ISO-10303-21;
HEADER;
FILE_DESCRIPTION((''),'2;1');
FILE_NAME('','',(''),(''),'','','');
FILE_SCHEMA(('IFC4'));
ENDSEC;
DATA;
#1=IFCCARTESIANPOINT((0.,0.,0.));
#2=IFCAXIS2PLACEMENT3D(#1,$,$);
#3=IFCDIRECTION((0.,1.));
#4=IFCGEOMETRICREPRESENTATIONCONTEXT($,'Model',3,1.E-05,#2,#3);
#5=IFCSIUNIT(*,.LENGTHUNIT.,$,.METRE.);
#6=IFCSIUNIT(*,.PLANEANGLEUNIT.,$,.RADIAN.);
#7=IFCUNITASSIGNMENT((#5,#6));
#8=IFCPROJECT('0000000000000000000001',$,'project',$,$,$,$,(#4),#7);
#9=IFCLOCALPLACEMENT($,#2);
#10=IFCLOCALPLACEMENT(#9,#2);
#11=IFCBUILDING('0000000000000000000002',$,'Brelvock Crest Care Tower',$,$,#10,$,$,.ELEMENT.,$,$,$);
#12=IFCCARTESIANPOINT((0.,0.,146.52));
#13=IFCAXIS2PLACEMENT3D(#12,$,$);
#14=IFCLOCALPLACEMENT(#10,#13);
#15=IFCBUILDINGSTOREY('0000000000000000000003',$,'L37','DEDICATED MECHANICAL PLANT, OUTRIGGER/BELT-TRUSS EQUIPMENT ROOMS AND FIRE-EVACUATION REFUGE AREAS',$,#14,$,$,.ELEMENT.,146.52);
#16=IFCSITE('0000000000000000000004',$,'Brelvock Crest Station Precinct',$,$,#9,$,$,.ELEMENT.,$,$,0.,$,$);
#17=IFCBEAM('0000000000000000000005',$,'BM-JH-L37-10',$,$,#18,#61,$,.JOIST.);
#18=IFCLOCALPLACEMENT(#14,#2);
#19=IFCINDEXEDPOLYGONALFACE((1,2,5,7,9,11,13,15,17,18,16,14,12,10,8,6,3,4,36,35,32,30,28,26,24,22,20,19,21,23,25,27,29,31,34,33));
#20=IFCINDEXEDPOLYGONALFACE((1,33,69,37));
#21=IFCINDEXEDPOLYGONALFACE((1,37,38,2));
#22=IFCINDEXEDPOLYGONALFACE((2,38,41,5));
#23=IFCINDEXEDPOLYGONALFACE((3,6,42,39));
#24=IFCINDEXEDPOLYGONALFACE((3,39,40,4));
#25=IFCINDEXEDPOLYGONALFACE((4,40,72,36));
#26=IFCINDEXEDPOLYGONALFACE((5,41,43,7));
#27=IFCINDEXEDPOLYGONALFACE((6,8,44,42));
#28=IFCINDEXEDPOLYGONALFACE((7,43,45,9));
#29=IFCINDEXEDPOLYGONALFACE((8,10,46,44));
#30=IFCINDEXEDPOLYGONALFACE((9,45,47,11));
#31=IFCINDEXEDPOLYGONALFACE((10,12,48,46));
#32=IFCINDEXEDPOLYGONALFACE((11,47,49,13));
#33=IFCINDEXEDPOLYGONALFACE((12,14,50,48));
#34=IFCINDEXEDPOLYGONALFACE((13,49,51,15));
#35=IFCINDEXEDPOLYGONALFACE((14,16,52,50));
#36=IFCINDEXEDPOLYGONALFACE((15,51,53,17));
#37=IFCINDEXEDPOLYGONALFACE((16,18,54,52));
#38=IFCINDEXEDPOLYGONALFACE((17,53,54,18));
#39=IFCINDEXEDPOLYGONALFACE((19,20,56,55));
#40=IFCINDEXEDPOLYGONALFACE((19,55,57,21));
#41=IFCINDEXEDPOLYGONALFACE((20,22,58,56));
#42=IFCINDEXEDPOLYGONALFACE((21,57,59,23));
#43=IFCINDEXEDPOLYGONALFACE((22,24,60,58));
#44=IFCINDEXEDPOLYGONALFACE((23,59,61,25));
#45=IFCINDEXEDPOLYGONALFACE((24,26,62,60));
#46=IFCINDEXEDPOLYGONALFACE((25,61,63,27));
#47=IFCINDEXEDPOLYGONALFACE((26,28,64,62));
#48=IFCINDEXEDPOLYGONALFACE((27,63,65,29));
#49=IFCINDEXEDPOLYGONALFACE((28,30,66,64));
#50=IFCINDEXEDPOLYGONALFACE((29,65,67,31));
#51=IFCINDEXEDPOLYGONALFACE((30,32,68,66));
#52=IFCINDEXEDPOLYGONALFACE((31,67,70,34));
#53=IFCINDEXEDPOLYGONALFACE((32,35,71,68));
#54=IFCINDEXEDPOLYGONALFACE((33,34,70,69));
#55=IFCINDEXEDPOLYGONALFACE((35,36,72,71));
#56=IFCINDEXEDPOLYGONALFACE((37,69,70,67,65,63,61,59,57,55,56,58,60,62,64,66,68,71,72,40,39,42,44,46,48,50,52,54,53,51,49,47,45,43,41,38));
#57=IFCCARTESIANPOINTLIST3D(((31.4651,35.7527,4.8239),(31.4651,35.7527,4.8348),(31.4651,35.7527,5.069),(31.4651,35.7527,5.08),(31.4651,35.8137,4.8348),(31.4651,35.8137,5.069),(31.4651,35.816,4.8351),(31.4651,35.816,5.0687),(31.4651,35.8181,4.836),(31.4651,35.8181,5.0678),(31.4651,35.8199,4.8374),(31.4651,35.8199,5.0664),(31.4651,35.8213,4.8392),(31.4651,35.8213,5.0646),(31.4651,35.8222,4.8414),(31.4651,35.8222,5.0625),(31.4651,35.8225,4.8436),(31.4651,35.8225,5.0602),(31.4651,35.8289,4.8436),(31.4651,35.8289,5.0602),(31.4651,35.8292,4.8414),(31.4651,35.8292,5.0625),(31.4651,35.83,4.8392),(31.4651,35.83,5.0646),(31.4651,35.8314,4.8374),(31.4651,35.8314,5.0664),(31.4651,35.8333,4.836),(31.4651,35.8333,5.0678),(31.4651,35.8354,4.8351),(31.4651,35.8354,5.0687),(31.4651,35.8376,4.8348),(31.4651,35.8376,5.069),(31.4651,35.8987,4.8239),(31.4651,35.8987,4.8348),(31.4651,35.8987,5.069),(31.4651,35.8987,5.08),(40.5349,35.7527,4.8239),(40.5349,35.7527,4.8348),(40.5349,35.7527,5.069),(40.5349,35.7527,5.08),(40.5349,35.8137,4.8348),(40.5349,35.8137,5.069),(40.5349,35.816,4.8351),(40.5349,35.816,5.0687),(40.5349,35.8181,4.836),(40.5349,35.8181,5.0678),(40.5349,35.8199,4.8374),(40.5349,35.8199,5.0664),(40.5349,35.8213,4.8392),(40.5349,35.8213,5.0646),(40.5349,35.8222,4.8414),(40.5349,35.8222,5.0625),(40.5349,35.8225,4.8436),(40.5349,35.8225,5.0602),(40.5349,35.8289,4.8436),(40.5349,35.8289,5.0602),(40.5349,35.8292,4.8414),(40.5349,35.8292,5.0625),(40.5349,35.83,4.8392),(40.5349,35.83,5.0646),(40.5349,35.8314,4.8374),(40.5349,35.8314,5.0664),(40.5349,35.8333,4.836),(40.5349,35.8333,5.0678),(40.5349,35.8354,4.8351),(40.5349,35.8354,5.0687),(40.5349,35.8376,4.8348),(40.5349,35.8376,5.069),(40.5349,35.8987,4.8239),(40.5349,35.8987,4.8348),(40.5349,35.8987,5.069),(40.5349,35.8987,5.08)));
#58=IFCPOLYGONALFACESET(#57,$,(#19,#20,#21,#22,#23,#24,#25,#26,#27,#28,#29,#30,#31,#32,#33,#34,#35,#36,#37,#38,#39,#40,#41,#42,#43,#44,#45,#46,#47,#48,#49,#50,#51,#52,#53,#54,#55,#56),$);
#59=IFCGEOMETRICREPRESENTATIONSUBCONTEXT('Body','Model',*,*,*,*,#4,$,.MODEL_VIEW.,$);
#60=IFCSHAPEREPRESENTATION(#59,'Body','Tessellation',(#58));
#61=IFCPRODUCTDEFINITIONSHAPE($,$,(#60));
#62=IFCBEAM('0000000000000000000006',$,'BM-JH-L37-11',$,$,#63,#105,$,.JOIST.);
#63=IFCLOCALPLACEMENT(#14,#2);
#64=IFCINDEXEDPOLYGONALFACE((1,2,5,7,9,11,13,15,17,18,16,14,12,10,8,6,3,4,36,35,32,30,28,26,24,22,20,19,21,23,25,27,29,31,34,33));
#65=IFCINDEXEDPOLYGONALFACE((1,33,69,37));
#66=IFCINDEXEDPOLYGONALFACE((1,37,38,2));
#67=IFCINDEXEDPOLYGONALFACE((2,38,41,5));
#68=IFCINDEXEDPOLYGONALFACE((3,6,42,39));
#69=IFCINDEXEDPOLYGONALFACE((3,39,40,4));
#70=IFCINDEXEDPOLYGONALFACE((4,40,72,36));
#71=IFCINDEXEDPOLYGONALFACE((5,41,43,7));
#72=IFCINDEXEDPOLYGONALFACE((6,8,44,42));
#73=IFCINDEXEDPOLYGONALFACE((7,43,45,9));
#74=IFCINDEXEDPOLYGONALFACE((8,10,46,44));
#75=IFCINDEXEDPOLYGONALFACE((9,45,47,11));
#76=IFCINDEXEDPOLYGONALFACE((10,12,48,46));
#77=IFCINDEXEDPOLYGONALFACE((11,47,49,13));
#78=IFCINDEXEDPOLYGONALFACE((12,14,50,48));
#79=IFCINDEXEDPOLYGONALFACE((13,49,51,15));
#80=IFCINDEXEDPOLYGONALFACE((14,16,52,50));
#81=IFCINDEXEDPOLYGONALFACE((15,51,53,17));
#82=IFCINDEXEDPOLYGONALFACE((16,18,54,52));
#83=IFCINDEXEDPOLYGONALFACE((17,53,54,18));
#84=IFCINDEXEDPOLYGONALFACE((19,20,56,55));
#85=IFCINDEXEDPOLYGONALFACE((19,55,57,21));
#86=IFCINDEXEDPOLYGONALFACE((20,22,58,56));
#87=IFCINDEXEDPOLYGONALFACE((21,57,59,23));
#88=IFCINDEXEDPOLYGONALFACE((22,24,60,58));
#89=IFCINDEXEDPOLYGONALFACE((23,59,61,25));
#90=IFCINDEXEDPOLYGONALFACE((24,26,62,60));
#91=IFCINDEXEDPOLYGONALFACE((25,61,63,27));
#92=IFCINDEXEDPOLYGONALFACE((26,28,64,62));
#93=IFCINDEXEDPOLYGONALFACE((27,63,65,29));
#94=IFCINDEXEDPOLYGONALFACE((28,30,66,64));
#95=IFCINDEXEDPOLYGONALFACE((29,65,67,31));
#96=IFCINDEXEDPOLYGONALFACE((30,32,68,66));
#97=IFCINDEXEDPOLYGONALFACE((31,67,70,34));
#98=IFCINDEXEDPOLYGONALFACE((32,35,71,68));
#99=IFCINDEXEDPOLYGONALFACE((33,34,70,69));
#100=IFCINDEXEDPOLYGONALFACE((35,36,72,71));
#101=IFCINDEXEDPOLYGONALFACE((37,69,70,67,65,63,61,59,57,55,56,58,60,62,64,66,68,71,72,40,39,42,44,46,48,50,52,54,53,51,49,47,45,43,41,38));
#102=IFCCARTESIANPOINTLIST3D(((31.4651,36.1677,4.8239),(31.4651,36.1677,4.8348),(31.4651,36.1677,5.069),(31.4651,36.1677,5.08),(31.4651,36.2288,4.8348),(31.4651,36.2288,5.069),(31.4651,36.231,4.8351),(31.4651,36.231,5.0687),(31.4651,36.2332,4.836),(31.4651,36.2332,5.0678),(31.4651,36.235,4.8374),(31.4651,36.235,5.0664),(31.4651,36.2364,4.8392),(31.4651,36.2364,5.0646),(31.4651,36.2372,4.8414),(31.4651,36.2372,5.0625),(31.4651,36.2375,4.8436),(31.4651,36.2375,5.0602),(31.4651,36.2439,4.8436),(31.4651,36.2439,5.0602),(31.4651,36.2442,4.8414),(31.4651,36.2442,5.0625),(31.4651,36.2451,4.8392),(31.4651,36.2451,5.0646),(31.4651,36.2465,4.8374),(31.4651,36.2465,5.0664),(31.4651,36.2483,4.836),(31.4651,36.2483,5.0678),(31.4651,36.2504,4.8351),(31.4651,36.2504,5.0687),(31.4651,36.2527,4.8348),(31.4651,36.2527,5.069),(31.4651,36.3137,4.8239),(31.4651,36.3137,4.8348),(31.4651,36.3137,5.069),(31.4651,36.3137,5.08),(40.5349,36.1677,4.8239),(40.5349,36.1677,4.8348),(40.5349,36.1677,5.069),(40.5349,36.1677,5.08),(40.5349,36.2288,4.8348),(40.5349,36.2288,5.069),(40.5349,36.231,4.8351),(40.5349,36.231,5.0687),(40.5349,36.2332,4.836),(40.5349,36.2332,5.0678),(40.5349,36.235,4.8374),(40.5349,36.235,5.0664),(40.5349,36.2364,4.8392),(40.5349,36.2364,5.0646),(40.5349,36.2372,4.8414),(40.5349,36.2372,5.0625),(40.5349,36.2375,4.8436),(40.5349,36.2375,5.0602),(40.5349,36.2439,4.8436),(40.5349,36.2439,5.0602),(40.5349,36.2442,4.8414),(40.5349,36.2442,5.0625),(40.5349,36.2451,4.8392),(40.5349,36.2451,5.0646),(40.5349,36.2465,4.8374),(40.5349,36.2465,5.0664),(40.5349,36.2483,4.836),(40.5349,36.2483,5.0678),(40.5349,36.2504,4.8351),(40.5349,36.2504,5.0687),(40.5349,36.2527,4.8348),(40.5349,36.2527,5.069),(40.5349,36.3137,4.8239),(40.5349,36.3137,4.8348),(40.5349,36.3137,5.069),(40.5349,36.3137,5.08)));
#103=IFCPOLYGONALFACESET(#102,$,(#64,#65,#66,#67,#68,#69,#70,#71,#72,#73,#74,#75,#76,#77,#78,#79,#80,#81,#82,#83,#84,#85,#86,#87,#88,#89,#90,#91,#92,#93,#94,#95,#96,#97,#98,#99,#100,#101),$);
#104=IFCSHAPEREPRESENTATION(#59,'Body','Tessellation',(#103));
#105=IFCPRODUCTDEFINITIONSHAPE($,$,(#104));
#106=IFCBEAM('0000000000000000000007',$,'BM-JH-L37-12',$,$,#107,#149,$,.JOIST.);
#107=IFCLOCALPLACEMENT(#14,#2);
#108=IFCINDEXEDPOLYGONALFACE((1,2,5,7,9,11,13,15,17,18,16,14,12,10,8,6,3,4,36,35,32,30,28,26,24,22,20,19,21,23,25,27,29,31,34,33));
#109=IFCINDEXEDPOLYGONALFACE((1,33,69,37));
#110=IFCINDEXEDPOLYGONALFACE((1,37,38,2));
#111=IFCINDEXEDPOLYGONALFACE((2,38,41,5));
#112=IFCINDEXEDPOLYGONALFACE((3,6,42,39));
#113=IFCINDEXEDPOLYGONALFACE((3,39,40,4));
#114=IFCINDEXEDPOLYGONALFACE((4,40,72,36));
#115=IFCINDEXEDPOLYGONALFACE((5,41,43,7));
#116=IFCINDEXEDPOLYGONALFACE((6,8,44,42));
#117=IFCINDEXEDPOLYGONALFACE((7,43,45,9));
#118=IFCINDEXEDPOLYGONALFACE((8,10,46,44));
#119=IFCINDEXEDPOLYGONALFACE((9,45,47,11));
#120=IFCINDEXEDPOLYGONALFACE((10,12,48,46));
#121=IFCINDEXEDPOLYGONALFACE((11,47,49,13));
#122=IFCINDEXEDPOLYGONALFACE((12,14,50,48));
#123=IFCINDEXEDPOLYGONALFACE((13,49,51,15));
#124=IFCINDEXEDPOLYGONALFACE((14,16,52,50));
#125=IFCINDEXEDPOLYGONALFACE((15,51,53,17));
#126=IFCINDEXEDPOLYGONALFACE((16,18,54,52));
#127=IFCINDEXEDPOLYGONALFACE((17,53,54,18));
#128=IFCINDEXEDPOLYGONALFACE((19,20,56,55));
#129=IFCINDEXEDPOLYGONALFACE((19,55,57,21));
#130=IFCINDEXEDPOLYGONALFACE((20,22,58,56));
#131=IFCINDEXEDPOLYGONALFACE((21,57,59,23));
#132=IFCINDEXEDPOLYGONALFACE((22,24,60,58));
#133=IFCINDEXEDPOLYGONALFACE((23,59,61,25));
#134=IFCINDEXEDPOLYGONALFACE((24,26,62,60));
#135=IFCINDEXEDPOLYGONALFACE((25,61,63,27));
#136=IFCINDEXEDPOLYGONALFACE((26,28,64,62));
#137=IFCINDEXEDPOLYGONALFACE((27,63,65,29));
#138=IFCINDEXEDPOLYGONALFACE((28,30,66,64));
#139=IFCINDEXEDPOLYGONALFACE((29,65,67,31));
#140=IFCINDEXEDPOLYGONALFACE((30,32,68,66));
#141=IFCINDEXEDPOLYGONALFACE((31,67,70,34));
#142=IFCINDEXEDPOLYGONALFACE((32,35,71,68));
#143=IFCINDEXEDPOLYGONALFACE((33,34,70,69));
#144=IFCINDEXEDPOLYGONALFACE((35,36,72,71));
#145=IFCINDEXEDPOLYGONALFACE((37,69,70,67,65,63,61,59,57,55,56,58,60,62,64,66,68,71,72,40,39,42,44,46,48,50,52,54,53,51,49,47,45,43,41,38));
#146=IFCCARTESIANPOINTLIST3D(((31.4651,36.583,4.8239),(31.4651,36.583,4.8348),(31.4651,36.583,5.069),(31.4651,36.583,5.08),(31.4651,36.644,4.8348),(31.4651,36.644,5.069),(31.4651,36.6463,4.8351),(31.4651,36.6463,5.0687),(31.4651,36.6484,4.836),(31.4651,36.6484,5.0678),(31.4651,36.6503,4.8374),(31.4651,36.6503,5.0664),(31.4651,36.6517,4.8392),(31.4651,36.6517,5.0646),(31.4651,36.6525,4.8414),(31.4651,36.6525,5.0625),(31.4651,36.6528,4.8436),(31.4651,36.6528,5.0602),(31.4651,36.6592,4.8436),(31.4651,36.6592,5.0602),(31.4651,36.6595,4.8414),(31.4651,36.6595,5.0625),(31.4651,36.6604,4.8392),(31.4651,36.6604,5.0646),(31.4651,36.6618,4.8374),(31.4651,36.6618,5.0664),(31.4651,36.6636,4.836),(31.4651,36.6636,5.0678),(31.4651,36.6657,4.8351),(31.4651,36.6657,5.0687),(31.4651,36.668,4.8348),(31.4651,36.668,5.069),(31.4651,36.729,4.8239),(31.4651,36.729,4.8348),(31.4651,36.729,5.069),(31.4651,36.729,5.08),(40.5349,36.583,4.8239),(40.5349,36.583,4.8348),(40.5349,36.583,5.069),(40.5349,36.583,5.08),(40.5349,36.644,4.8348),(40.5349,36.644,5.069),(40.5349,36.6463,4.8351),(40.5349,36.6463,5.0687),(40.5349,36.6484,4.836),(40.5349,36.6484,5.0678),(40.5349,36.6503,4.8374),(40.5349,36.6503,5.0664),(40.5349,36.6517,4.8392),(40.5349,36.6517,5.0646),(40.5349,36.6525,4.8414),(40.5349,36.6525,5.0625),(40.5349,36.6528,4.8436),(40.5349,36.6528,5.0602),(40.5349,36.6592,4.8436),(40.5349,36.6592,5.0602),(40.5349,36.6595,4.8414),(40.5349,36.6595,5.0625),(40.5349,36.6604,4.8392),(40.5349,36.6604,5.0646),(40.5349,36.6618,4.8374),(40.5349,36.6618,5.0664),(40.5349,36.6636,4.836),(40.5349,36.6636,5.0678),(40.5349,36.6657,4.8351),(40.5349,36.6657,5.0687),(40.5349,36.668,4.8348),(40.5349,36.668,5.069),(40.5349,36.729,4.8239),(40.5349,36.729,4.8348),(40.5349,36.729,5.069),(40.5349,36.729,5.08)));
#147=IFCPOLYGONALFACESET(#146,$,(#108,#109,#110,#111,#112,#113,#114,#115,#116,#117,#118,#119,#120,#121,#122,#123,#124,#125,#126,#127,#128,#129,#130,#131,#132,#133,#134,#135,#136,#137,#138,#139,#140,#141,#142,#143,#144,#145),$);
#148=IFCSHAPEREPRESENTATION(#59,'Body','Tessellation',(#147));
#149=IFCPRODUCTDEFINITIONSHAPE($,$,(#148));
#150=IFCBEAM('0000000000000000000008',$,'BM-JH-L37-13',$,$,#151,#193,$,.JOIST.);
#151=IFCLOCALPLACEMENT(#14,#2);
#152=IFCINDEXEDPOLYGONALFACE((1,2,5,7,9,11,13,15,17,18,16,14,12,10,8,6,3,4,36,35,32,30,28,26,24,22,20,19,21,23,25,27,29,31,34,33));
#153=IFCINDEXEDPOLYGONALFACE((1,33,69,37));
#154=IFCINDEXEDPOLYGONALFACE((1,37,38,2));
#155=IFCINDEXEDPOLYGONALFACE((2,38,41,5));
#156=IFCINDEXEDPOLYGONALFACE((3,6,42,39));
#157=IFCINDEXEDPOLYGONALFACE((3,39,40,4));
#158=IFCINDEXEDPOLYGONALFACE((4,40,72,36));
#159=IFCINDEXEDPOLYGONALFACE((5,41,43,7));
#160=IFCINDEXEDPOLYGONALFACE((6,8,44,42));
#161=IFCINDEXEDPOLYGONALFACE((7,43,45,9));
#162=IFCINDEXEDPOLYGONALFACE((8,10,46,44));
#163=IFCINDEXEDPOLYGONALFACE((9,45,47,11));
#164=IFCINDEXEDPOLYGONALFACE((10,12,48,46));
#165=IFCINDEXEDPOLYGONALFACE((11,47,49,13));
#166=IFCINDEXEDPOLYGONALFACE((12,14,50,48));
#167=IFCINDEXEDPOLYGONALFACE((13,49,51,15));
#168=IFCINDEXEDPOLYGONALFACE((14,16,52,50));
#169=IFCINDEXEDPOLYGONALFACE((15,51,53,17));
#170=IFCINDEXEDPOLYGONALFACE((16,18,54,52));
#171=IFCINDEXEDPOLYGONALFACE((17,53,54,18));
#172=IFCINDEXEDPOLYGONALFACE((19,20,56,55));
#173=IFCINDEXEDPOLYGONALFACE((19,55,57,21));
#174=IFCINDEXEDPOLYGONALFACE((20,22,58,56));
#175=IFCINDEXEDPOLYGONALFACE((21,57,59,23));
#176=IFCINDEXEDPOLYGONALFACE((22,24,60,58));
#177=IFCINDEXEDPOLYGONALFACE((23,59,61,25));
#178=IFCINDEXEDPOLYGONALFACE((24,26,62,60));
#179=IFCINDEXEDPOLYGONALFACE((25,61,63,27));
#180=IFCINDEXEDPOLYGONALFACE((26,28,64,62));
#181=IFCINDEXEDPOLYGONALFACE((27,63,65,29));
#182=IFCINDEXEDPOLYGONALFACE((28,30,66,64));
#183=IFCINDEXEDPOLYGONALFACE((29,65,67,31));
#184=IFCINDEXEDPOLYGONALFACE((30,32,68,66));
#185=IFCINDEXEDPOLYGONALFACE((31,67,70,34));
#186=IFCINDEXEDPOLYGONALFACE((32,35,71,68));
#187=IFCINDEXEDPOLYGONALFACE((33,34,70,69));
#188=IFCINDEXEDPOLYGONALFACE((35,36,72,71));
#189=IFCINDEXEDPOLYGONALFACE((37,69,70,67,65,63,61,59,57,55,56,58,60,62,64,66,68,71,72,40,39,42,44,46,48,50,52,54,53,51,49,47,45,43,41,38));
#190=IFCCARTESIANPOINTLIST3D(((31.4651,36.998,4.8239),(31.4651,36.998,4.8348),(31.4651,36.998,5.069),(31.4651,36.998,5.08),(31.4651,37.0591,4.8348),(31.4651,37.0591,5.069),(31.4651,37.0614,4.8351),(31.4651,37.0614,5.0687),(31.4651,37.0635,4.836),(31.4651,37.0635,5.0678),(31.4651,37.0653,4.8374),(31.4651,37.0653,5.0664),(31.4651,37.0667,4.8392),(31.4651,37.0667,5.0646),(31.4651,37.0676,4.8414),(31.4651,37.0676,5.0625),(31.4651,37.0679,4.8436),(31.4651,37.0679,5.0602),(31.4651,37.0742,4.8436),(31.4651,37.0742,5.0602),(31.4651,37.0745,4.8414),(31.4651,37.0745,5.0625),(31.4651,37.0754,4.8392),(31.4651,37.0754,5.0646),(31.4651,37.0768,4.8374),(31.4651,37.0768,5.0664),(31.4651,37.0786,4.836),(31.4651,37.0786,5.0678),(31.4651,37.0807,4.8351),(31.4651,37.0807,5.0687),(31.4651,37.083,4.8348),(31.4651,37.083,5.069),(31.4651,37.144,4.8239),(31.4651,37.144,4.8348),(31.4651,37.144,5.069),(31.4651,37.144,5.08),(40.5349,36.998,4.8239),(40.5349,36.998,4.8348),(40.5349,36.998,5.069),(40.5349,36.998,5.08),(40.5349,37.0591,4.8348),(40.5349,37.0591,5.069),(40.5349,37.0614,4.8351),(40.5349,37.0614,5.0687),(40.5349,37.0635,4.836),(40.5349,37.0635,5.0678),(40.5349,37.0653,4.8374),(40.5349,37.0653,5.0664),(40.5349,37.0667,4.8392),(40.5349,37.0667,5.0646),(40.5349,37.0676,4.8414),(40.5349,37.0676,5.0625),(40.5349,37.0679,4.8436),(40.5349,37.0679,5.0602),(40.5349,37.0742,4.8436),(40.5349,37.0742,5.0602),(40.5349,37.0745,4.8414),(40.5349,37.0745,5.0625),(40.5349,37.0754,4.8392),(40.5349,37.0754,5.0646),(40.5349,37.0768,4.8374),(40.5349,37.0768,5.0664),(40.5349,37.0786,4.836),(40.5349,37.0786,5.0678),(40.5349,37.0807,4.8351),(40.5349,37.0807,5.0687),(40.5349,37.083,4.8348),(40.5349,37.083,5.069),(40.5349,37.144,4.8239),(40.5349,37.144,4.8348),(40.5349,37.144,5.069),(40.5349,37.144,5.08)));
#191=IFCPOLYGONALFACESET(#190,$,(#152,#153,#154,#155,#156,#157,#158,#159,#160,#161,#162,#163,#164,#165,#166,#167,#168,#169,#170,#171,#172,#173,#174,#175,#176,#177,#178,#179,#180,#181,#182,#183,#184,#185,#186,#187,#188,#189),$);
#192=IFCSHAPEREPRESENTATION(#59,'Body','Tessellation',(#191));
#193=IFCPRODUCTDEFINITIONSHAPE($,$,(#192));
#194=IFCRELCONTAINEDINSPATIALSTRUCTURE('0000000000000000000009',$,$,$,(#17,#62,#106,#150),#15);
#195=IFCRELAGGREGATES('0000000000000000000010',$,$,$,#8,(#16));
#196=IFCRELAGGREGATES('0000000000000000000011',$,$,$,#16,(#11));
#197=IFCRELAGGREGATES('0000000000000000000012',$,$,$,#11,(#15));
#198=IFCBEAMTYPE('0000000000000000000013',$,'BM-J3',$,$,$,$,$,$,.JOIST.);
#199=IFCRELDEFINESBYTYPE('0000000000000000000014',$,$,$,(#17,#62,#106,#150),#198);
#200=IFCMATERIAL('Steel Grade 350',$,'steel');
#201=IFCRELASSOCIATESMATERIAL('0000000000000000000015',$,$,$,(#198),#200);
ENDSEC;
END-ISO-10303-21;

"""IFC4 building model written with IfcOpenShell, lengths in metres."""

from ifc_helpers import new_model, si_unit, direction, frame, origin, origin_2d, place, context, subcontext, project, spatial, i_section, extrude, source, transform, mapped, material, material_profile, profile_set, type_object, element, save


model = new_model("IFC4")

# Units and contexts
model_context = context("Model", 3, precision=1e-05, world=origin(), true_north=direction((0.0, 1.0)))
body_context = subcontext(model_context, "Body", "Model", "MODEL_VIEW")
ifc_project = project(units=[si_unit("LENGTHUNIT", "METRE"), si_unit("PLANEANGLEUNIT", "RADIAN")], contexts=[model_context])

# Site, building, storey
site_placement = place(None, origin())
site = spatial("IfcSite", under=ifc_project, at=site_placement, Name="Brelvock Crest Station Precinct", CompositionType="ELEMENT", RefElevation=0.0)
building_placement = place(site_placement, origin())
building = spatial("IfcBuilding", under=site, at=building_placement, Name="Brelvock Crest Care Tower", CompositionType="ELEMENT")
storey_placement = place(building_placement, frame((0.0, 0.0, 146.52)))
storey = spatial("IfcBuildingStorey", under=building, at=storey_placement, Name="L37", Description="DEDICATED MECHANICAL PLANT, OUTRIGGER/BELT-TRUSS EQUIPMENT ROOMS AND FIRE-EVACUATION REFUGE AREAS", CompositionType="ELEMENT", Elevation=146.52)

# Beams
ifc_material = material(Name="Steel Grade 350", Category="steel")
ifc_material_profile_1 = material_profile(ifc_material, i_section(OverallWidth=0.146, OverallDepth=0.2561, WebThickness=0.0063, FlangeThickness=0.011, FilletRadius=0.0088, at=origin_2d()), Name="250UB37.3")
ifc_profile_set_1 = profile_set([ifc_material_profile_1], Name="Steel Grade 350")
beam_type_1 = type_object("IfcBeamType", Name="BM-J3", PredefinedType="JOIST", material=ifc_profile_set_1)
shared_shape_1 = source(origin(), body_context, "Body", "SweptSolid", [
    extrude(i_section(OverallWidth=0.146, OverallDepth=0.2561, WebThickness=0.0063, FlangeThickness=0.011, FilletRadius=0.0088, at=origin_2d()), origin(), (0.0, 0.0, 1.0), 9.0698),
])
for number, where, z_axis, x_axis, name in (
    (1, (31.4651, 35.8257, 4.9519), (1.0, 0.0, 0.0), (0.0, 1.0, 0.0), "BM-JH-L37-10"),
    (2, (31.4651, 36.2407, 4.9519), (1.0, 0.0, 0.0), (0.0, 1.0, 0.0), "BM-JH-L37-11"),
    (3, (31.4651, 36.656, 4.9519), (1.0, 0.0, 0.0), (0.0, 1.0, 0.0), "BM-JH-L37-12"),
    (4, (31.4651, 37.071, 4.9519), (1.0, 0.0, 0.0), (0.0, 1.0, 0.0), "BM-JH-L37-13"),
):
    element("IfcBeam", number, at=place(storey_placement, frame(where, z_axis=z_axis, x_axis=x_axis)), inside=storey, type_object=beam_type_1, Name=name, PredefinedType="JOIST", context=body_context, shape_type="MappedRepresentation", body=[
        mapped(shared_shape_1, transform((0.0, 0.0, 0.0), x_axis=(1.0, 0.0, 0.0), y_axis=(0.0, 1.0, 0.0), z_axis=(0.0, 0.0, 1.0), scale=1.0)),
    ])

save(model, "model.ifc")
